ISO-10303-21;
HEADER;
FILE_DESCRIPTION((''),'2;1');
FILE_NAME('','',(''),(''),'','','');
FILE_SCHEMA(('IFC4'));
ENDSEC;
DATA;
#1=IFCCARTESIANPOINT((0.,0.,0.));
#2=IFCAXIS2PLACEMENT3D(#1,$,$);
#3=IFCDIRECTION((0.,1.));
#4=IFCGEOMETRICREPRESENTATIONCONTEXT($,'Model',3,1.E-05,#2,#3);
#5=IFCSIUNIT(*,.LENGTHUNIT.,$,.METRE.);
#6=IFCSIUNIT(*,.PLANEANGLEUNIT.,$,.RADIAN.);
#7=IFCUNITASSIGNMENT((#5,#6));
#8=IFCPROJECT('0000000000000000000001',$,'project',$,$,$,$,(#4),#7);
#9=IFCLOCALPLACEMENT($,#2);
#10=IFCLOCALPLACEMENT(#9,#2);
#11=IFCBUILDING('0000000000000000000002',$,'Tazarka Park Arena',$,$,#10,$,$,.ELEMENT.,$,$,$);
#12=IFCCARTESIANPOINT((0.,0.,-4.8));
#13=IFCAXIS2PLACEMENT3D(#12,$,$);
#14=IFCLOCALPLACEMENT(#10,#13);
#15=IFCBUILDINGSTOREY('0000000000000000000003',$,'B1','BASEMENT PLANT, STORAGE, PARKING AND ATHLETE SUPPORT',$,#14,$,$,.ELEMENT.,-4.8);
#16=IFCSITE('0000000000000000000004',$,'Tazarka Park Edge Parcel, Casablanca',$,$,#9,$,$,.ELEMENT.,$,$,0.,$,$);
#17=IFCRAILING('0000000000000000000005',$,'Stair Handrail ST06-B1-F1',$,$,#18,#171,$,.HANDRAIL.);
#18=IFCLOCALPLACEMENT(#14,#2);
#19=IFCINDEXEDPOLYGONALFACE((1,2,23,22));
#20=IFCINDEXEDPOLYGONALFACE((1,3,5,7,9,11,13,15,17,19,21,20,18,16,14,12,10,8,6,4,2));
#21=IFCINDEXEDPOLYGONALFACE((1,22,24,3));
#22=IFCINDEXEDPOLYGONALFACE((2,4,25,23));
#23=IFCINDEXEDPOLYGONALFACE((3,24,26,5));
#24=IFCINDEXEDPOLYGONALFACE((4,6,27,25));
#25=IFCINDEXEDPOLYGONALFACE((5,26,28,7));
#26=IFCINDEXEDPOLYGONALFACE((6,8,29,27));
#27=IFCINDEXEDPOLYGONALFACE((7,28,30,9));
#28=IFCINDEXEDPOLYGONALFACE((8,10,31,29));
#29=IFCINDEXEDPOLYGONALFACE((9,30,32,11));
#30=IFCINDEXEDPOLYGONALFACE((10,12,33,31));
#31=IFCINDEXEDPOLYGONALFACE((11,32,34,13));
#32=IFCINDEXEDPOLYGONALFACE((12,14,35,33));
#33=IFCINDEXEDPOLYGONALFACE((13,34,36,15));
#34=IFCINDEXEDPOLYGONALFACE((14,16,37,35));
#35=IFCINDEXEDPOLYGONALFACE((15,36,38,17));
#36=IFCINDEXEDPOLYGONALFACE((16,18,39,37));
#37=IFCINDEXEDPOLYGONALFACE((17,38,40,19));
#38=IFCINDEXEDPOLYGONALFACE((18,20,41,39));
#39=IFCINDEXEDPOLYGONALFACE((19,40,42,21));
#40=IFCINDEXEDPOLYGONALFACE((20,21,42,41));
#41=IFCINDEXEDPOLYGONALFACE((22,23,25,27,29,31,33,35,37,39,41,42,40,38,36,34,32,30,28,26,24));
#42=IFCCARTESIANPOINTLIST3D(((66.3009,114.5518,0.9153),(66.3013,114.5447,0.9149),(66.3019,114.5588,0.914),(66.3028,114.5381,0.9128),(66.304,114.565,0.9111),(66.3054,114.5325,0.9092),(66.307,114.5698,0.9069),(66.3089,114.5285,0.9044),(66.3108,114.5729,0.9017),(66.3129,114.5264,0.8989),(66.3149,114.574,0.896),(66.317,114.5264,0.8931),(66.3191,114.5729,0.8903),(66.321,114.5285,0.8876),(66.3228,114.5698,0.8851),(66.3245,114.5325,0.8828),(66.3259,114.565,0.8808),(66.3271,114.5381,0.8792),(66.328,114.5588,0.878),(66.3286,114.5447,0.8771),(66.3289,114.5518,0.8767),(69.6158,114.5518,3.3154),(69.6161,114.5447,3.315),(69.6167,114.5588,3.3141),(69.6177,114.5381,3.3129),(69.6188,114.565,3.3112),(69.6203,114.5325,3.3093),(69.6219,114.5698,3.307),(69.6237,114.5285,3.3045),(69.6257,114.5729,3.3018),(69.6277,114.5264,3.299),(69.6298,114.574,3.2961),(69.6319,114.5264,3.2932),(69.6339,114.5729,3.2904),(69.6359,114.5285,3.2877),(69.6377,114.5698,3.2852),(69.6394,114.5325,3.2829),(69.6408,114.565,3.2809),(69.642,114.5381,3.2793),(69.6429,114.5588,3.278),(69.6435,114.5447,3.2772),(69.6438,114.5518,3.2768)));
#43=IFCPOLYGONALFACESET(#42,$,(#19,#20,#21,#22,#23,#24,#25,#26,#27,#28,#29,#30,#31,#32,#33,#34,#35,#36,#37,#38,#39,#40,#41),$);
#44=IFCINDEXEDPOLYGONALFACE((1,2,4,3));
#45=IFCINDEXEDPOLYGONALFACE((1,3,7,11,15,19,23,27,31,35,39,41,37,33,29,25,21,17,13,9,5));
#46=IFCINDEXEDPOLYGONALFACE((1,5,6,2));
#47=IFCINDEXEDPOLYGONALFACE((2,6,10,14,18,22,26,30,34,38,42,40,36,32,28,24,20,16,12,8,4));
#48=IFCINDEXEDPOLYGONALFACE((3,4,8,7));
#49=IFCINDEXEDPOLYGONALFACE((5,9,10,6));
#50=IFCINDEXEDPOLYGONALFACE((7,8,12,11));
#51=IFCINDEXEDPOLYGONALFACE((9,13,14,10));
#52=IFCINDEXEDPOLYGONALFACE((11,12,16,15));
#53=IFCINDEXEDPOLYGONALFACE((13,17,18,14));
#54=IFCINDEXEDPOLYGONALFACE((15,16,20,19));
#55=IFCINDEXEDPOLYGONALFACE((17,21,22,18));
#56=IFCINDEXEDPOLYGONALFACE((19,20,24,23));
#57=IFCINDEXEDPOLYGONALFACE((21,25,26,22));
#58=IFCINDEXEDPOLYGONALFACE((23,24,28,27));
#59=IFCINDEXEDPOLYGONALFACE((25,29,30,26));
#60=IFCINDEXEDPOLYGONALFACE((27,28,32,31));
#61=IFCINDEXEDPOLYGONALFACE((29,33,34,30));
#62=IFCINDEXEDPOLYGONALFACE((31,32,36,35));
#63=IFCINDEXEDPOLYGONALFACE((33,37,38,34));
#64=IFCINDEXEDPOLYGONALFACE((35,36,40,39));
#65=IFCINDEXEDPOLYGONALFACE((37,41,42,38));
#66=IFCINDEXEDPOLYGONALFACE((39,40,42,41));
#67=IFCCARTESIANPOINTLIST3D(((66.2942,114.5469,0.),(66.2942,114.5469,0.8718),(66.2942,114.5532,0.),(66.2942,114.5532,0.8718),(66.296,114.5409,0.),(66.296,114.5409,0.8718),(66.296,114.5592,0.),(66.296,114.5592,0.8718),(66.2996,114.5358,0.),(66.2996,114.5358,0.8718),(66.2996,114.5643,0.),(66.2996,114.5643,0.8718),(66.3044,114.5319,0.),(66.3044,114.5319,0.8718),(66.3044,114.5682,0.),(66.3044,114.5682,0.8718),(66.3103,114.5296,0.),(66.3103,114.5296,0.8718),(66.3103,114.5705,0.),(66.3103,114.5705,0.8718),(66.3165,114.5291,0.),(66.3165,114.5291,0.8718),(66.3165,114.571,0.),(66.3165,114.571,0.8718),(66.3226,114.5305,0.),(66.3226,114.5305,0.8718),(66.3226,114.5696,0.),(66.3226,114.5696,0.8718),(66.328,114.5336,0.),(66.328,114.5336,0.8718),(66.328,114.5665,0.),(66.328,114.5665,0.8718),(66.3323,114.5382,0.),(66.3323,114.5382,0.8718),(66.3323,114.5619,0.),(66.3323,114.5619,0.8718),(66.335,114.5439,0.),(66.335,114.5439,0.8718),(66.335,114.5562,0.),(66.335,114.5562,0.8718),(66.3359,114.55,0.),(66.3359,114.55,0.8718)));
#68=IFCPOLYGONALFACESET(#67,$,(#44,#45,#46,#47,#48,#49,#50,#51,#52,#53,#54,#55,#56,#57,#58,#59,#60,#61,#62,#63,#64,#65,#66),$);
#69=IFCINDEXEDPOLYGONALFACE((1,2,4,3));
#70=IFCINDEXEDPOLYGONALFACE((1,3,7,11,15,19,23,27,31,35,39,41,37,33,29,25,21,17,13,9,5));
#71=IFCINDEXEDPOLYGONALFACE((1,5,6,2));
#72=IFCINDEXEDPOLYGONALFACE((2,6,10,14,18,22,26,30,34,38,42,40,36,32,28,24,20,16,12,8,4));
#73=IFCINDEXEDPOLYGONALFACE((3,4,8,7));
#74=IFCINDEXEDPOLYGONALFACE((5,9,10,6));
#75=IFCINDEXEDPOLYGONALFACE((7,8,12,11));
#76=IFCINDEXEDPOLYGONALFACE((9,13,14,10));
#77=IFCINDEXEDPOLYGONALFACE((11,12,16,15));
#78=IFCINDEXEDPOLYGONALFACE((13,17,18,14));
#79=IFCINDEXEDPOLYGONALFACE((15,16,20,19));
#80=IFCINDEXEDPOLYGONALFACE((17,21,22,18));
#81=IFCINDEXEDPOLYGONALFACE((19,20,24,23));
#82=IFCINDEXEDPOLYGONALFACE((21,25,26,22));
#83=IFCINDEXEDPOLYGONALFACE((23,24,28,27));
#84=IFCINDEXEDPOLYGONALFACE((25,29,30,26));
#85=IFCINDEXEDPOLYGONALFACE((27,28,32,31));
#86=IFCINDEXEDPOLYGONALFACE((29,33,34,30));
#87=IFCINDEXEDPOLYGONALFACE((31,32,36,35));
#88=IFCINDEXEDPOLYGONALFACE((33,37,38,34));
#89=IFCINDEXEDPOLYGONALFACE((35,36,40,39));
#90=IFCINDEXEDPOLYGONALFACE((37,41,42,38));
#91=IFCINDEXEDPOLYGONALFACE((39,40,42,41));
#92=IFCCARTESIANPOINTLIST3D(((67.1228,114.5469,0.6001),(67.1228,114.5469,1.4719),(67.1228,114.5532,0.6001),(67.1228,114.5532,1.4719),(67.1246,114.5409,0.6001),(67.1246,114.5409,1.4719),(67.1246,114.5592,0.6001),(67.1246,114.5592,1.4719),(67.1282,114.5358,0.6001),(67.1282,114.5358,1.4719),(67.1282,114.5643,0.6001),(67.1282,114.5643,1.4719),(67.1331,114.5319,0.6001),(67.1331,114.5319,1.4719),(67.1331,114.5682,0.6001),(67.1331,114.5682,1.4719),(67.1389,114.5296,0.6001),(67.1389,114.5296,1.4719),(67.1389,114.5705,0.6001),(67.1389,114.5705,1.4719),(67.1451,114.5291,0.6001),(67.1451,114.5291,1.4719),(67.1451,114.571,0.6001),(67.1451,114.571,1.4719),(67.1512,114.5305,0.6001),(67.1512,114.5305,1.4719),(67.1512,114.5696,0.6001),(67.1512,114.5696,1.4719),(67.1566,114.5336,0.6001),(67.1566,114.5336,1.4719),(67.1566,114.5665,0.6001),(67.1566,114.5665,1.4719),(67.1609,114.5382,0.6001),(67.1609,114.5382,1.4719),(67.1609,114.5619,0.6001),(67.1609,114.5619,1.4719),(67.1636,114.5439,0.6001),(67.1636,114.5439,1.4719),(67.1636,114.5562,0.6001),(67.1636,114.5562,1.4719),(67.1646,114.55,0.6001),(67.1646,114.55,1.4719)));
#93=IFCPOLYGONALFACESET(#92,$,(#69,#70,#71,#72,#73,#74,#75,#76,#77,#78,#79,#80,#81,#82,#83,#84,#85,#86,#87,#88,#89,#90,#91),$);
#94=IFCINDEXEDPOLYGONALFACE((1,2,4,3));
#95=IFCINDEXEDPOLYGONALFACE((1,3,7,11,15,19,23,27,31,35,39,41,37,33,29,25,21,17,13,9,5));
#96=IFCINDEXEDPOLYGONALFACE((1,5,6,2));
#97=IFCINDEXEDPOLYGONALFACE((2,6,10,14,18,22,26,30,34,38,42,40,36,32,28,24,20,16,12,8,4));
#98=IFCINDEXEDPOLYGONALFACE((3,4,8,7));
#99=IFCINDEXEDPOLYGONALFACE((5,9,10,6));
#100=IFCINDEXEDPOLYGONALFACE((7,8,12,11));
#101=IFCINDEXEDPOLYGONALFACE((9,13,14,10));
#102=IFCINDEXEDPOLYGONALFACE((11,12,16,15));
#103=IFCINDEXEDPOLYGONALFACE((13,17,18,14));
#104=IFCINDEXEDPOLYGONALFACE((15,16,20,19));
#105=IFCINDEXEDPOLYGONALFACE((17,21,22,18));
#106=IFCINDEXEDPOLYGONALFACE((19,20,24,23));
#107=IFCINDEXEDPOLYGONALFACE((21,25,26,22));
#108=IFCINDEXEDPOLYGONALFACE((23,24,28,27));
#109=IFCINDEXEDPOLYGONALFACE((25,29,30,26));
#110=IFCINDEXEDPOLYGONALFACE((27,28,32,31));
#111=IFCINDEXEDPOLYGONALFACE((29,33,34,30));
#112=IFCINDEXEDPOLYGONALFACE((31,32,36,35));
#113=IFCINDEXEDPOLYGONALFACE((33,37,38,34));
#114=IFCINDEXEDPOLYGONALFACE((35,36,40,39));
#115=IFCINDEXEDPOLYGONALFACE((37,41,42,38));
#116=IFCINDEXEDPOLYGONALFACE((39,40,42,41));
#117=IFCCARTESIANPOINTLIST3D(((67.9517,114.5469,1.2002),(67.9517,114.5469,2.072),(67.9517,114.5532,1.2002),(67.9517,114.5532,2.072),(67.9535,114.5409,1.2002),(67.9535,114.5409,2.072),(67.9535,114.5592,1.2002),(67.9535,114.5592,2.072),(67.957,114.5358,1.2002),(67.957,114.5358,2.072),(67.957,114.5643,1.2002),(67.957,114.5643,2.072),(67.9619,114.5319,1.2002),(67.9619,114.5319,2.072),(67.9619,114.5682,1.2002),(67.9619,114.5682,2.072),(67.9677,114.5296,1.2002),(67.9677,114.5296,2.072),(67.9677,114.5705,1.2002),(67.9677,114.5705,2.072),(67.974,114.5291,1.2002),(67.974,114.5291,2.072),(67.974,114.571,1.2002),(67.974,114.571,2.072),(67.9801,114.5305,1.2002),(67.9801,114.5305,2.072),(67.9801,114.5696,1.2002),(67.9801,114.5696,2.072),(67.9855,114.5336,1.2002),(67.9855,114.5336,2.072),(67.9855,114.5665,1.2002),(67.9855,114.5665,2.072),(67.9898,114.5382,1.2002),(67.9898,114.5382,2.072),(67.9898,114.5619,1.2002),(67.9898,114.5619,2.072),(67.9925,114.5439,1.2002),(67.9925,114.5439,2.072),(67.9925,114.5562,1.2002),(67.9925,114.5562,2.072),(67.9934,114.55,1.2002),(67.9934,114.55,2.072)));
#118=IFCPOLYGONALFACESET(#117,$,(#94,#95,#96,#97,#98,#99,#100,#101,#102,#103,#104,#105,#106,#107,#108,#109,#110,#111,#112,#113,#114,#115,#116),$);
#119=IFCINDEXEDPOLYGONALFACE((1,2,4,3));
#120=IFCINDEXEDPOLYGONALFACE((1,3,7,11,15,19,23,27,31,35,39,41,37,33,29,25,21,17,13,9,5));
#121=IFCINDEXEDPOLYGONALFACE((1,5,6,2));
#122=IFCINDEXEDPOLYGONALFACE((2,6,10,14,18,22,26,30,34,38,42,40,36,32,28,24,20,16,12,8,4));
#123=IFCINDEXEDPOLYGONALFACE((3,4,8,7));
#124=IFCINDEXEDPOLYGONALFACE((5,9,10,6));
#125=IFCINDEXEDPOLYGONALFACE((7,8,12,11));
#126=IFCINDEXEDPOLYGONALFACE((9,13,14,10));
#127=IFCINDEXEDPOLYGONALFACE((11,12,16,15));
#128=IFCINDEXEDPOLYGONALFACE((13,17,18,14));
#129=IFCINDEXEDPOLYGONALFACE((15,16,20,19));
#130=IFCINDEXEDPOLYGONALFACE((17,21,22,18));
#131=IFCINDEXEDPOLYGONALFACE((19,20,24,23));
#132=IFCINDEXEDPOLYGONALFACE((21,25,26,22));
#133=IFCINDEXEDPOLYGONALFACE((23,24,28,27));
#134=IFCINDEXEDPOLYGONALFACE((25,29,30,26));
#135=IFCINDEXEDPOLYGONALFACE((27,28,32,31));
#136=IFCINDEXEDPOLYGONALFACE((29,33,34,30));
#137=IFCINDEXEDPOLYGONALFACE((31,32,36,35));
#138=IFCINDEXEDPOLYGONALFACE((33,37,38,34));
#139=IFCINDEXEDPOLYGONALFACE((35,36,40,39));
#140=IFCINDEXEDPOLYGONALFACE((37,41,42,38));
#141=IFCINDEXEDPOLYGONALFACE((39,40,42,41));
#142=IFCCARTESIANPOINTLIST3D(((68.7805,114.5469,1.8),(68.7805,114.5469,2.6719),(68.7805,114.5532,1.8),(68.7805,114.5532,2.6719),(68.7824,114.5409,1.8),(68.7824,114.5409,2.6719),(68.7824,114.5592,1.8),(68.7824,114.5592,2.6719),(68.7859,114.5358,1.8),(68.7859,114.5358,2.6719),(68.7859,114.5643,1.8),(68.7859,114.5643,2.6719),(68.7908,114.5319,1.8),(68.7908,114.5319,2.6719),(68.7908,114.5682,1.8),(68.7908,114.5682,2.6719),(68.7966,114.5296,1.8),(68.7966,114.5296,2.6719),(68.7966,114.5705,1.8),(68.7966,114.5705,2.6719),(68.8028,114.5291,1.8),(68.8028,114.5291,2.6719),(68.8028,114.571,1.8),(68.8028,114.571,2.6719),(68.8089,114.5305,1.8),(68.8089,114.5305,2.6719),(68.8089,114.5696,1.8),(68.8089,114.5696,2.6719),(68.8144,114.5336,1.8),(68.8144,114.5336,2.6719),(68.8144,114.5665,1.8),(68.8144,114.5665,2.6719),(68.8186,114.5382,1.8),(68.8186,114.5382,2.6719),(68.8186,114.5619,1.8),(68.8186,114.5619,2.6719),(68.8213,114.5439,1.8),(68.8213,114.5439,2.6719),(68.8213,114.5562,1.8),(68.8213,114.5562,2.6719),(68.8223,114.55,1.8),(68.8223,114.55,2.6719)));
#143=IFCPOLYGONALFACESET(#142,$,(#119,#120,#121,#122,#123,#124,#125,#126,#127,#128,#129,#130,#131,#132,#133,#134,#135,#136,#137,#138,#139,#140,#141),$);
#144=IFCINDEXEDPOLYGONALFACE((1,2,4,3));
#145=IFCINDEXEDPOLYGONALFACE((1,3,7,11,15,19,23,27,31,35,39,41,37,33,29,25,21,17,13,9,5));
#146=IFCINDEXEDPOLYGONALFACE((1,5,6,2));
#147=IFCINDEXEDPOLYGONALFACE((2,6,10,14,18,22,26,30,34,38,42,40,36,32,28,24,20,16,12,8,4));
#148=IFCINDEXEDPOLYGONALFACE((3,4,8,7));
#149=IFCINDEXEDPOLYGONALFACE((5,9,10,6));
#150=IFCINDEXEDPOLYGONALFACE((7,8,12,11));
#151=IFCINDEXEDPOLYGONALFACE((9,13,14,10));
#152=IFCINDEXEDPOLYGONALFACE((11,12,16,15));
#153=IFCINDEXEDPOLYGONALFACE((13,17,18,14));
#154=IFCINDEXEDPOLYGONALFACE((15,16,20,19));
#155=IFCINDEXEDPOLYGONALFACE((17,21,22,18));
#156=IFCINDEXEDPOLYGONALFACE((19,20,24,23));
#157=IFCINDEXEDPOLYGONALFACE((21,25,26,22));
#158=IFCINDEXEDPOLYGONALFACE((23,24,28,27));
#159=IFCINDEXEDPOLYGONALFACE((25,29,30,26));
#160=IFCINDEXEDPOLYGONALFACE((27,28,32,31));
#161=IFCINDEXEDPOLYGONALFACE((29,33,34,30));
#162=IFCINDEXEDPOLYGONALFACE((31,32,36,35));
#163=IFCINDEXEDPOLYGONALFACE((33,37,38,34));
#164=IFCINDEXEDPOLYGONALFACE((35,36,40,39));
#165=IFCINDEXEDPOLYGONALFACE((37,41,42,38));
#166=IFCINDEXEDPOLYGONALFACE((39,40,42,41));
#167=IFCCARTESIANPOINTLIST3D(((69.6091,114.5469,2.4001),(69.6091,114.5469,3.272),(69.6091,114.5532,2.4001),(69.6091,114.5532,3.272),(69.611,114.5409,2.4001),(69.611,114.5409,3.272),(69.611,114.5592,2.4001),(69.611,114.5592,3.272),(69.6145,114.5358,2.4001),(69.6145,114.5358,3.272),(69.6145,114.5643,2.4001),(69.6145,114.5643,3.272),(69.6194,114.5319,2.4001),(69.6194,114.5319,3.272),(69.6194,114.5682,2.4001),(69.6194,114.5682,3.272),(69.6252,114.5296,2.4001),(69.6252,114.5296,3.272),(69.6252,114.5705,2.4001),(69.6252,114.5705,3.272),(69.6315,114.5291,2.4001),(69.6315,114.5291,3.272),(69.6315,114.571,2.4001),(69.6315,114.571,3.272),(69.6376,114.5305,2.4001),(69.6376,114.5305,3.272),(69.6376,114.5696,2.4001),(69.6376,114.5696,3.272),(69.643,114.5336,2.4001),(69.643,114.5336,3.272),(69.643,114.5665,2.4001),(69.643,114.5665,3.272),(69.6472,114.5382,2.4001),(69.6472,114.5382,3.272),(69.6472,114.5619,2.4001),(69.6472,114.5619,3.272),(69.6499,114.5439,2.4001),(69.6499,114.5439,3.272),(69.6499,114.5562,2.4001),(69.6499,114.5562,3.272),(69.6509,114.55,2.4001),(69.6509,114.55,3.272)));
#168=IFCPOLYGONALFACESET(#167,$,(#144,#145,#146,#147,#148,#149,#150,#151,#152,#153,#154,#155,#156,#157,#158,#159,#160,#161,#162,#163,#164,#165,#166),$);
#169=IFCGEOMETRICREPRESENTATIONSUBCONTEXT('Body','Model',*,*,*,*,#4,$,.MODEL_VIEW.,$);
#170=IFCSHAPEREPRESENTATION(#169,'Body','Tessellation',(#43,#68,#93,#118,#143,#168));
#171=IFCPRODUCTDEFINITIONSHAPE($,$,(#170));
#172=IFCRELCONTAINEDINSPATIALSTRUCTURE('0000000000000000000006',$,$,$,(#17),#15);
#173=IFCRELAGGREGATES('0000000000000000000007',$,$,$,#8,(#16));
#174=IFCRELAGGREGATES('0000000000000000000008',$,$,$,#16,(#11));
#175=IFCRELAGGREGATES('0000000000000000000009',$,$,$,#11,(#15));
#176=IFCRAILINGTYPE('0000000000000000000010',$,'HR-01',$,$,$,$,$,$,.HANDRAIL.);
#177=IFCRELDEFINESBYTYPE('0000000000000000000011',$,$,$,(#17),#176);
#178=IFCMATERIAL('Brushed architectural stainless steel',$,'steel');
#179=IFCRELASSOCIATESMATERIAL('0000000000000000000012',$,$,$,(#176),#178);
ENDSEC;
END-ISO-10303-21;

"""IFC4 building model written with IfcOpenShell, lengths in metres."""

from ifc_helpers import new_model, si_unit, direction, frame, origin, origin_2d, place, context, subcontext, project, spatial, circle, extrude, material, type_object, element, save


model = new_model("IFC4")

# Units and contexts
model_context = context("Model", 3, precision=1e-05, world=origin(), true_north=direction((0.0, 1.0)))
body_context = subcontext(model_context, "Body", "Model", "MODEL_VIEW")
ifc_project = project(units=[si_unit("LENGTHUNIT", "METRE"), si_unit("PLANEANGLEUNIT", "RADIAN")], contexts=[model_context])

# Site, building, storey
site_placement = place(None, origin())
site = spatial("IfcSite", under=ifc_project, at=site_placement, Name="Tazarka Park Edge Parcel, Casablanca", CompositionType="ELEMENT", RefElevation=0.0)
building_placement = place(site_placement, origin())
building = spatial("IfcBuilding", under=site, at=building_placement, Name="Tazarka Park Arena", CompositionType="ELEMENT")
storey_placement = place(building_placement, frame((0.0, 0.0, -4.8)))
storey = spatial("IfcBuildingStorey", under=building, at=storey_placement, Name="B1", Description="BASEMENT PLANT, STORAGE, PARKING AND ATHLETE SUPPORT", CompositionType="ELEMENT", Elevation=-4.8)

# Railing
ifc_material_1 = material(Name="Brushed architectural stainless steel", Category="steel")
railing_type_1 = type_object("IfcRailingType", Name="HR-01", PredefinedType="HANDRAIL", material=ifc_material_1)
railing_1_placement = place(storey_placement, frame((66.3149, 114.55, 0.0)))
element("IfcRailing", 1, at=railing_1_placement, inside=storey, type_object=railing_type_1, Name="Stair Handrail ST06-B1-F1", PredefinedType="HANDRAIL", context=body_context, shape_type="SweptSolid", body=[
    extrude(circle(Radius=0.0239, at=origin_2d()), frame((0.0, 0.0, 0.896), z_axis=(0.80998, 0.0, 0.586457), x_axis=(0.0, 1.0, 0.0)), (0.0, 0.0, 1.0), 4.0925),
    extrude(circle(Radius=0.021, at=origin_2d()), origin(), (0.0, 0.0, 1.0), 0.8718),
    extrude(circle(Radius=0.021, at=origin_2d()), frame((0.8286, 0.0, 0.6001)), (0.0, 0.0, 1.0), 0.8718),
    extrude(circle(Radius=0.021, at=origin_2d()), frame((1.6575, 0.0, 1.2002)), (0.0, 0.0, 1.0), 0.8718),
    extrude(circle(Radius=0.021, at=origin_2d()), frame((2.4863, 0.0, 1.8)), (0.0, 0.0, 1.0), 0.8718),
    extrude(circle(Radius=0.021, at=origin_2d()), frame((3.3149, 0.0, 2.4001)), (0.0, 0.0, 1.0), 0.8718),
])

save(model, "model.ifc")
